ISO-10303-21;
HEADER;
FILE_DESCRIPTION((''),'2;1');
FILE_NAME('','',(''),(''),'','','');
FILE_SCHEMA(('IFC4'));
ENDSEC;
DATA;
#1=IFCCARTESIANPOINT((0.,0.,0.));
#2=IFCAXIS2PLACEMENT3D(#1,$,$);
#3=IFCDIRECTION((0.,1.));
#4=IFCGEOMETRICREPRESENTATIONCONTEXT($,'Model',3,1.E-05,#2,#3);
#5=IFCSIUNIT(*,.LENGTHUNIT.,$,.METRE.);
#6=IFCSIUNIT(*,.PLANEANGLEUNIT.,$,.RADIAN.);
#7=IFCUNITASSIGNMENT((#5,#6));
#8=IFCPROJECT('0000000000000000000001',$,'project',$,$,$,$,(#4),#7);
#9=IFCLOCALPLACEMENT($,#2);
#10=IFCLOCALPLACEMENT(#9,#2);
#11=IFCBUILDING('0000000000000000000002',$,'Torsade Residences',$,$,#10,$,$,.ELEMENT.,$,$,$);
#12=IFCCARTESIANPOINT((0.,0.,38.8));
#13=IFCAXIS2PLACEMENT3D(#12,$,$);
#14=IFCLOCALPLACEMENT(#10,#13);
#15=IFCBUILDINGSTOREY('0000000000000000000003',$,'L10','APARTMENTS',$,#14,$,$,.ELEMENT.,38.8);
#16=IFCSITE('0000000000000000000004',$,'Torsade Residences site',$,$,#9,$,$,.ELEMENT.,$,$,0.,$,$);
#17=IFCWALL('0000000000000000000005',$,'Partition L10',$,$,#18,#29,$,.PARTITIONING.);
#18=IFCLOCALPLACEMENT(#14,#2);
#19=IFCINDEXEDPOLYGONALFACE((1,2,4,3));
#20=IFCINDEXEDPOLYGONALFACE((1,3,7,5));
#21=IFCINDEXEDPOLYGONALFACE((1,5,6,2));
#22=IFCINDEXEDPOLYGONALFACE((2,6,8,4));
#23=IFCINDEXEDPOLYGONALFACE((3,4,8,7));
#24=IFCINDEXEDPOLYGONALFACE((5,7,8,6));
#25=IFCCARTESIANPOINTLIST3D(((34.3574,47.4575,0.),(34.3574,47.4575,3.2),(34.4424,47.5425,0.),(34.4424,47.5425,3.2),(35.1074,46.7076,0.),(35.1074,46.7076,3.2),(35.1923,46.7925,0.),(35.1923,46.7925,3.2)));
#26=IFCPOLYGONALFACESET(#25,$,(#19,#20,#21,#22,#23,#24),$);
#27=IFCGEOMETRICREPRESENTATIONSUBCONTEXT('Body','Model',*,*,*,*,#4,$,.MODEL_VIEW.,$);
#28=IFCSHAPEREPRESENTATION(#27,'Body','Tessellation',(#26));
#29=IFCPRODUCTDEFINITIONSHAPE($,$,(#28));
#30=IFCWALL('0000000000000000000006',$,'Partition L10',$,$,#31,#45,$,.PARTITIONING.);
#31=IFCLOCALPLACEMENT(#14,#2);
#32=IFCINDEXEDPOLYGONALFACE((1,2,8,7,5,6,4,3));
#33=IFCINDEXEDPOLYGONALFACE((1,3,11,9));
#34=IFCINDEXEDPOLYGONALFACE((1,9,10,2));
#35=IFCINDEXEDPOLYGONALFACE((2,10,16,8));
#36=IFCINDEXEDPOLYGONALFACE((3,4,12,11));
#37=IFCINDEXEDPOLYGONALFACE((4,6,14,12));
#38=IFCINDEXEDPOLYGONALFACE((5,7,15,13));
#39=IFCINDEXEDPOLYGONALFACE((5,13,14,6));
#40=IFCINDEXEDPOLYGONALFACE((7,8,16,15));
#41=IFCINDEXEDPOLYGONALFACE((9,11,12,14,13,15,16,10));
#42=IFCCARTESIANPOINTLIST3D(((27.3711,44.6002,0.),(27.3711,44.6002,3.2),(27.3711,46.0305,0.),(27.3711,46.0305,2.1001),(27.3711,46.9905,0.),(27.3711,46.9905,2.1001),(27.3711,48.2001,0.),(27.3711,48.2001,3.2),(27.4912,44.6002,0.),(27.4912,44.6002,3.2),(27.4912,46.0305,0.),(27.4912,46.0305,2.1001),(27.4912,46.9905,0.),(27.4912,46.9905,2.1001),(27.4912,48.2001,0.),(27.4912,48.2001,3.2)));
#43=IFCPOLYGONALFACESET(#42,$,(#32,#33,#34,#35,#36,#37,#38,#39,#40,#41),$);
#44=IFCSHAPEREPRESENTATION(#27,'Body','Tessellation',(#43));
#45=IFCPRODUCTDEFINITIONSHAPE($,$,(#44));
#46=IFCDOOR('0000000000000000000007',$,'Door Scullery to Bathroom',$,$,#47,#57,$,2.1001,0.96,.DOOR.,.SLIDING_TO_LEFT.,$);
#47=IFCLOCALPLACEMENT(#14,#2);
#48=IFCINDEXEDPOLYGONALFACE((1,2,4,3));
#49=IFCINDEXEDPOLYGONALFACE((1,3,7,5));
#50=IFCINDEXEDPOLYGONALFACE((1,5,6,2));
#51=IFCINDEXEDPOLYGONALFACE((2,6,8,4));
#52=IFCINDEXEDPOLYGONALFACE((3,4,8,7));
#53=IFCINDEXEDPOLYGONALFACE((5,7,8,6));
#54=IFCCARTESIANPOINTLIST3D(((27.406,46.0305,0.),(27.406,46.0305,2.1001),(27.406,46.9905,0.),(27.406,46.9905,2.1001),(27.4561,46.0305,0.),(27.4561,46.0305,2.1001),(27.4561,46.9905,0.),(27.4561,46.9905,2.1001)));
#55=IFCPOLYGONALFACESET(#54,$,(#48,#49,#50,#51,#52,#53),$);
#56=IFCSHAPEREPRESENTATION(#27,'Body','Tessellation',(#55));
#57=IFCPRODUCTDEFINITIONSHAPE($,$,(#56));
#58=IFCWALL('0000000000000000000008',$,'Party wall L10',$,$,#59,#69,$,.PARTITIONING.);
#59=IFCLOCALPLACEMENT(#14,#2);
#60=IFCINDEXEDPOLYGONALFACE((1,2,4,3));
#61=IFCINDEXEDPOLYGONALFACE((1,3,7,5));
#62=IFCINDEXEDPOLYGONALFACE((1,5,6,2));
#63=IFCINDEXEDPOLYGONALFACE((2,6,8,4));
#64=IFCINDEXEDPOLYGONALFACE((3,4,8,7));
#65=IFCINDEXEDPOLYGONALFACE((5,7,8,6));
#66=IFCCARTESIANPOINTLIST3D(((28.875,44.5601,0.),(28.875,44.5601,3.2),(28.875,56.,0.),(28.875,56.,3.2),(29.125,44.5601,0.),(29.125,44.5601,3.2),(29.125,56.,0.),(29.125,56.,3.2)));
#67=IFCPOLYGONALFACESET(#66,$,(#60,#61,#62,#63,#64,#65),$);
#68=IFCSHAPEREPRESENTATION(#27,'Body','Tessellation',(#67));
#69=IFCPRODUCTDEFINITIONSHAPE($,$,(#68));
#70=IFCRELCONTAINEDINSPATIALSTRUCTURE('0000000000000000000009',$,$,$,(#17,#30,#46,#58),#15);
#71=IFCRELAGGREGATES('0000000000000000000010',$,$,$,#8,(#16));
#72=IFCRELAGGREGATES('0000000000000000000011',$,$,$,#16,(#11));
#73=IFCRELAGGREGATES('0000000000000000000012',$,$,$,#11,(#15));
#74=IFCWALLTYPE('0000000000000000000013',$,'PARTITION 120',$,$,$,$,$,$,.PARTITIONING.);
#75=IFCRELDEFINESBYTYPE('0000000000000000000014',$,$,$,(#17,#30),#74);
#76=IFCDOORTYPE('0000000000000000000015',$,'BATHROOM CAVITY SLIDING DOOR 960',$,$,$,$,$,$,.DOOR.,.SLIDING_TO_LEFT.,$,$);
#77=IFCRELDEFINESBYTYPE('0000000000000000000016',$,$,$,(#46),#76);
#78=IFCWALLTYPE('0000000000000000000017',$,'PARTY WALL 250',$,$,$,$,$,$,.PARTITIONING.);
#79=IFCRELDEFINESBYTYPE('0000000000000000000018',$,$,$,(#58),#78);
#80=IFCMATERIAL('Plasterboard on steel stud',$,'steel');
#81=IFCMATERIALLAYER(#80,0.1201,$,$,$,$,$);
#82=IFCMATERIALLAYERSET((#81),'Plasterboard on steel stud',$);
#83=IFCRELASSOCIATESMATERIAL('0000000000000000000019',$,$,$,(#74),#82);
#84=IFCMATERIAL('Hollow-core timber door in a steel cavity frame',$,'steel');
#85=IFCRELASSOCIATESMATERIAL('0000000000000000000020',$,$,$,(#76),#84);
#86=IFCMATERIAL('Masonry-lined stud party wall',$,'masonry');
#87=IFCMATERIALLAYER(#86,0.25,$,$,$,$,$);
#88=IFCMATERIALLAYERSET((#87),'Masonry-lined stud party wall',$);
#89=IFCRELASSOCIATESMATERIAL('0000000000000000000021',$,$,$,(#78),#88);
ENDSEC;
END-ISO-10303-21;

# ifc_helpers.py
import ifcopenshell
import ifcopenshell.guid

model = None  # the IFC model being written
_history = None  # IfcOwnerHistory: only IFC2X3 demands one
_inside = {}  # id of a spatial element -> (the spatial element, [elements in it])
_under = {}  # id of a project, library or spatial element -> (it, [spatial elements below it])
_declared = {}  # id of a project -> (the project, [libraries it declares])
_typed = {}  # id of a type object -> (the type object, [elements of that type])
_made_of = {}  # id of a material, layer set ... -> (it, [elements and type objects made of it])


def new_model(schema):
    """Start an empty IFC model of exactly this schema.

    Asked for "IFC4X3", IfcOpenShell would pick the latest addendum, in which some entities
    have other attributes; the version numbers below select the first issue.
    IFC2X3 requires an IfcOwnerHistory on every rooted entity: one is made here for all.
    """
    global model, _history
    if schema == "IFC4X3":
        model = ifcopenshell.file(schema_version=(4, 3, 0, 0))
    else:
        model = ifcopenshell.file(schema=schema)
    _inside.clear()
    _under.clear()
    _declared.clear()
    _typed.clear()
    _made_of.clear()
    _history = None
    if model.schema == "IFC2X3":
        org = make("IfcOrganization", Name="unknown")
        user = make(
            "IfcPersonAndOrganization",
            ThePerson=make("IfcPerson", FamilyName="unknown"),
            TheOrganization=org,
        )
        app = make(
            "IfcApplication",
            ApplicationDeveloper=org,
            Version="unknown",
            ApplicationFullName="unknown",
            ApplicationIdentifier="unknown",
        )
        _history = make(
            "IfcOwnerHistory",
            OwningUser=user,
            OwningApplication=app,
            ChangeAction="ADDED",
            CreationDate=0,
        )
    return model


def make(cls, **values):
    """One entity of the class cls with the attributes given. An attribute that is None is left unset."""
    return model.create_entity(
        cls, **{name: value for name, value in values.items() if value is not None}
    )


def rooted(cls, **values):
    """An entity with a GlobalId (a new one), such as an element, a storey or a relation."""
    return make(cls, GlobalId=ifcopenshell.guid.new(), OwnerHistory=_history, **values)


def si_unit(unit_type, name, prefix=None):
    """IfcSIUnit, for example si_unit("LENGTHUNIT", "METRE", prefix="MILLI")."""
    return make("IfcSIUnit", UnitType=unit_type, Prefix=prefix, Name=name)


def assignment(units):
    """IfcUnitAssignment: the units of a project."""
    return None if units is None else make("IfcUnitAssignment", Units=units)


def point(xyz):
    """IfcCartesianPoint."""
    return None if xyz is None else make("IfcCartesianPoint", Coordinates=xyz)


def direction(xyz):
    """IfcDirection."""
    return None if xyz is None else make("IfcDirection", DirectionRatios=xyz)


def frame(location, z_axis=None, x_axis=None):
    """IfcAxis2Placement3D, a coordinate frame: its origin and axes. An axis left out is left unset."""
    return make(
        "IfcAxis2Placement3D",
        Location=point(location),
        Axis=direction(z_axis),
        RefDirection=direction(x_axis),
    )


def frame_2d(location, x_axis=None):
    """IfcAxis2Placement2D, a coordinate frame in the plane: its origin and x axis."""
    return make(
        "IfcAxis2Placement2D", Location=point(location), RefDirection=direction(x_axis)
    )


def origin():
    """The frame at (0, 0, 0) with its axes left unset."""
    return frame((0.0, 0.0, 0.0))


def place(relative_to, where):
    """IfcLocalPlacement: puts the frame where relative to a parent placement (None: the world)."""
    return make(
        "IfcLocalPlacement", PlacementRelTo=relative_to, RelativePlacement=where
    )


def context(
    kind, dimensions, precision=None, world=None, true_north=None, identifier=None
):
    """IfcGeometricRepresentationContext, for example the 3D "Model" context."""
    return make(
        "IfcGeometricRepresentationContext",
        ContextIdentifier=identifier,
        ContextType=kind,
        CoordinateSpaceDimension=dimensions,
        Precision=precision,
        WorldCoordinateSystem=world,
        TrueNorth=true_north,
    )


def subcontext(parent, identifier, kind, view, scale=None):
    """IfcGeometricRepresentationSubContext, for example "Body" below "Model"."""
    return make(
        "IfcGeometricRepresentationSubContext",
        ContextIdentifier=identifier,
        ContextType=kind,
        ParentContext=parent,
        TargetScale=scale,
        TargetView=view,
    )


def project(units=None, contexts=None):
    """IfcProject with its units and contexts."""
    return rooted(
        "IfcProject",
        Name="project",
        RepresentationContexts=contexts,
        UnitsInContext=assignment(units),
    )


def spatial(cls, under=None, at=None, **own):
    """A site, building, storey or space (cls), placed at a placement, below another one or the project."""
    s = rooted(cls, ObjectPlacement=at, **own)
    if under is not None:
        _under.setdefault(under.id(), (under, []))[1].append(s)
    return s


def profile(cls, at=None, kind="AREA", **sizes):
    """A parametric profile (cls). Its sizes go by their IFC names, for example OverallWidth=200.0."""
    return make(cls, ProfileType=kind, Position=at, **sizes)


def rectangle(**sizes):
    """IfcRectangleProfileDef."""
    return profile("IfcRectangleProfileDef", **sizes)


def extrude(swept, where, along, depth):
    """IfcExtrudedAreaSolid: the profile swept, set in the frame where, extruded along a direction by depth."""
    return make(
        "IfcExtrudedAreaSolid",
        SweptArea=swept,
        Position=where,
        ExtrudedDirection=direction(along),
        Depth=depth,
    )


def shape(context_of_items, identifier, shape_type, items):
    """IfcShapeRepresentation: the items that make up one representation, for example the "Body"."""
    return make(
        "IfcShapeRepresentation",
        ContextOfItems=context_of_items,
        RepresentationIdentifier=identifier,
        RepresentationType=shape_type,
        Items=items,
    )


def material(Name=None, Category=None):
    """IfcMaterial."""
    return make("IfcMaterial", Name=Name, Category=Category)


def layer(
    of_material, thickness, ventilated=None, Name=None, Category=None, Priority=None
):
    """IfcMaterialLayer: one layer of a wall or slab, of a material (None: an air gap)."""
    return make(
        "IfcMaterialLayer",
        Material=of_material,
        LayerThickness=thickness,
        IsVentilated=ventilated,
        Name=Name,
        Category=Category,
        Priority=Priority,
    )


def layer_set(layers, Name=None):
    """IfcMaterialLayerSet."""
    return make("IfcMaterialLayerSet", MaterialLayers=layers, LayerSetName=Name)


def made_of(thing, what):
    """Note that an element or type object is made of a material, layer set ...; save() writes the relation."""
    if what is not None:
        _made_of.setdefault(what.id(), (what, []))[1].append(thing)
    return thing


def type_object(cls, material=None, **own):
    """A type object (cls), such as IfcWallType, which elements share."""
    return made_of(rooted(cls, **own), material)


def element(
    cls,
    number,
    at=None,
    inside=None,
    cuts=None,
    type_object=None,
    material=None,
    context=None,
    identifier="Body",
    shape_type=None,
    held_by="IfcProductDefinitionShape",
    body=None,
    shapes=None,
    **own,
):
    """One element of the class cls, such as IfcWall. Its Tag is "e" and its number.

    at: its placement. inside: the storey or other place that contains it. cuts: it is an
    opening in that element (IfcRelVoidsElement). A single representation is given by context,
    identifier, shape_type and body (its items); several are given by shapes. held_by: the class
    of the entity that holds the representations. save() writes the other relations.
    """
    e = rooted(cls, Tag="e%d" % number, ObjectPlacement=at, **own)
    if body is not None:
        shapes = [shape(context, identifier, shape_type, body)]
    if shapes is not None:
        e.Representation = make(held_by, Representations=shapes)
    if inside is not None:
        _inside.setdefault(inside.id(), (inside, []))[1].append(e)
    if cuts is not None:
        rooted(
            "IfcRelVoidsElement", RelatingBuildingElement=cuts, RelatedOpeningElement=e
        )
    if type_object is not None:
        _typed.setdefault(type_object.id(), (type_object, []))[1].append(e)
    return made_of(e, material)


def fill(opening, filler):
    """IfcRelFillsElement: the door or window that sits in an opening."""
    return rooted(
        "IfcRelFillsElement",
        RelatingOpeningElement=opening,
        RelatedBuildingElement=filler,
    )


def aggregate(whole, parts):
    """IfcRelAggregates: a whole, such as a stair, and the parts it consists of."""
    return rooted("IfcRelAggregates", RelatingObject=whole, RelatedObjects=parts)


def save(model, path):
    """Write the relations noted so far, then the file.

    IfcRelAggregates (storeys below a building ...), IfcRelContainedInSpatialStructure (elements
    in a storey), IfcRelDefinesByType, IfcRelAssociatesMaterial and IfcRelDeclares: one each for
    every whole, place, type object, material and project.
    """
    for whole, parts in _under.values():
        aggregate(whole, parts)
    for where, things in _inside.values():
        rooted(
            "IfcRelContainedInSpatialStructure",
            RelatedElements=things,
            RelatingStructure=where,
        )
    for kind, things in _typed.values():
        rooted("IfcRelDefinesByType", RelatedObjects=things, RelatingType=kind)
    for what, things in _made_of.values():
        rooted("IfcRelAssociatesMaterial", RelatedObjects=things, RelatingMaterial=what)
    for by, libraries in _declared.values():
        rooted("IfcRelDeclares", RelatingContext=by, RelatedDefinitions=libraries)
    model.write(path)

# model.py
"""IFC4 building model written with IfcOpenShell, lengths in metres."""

from ifc_helpers import new_model, si_unit, direction, frame, frame_2d, origin, place, context, subcontext, project, spatial, rectangle, extrude, material, layer, layer_set, type_object, element, fill, save


model = new_model("IFC4")

# Units and contexts
model_context = context("Model", 3, precision=1e-05, world=origin(), true_north=direction((0.0, 1.0)))
body_context = subcontext(model_context, "Body", "Model", "MODEL_VIEW")
ifc_project = project(units=[si_unit("LENGTHUNIT", "METRE"), si_unit("PLANEANGLEUNIT", "RADIAN")], contexts=[model_context])

# Site, building, storey
site_placement = place(None, origin())
site = spatial("IfcSite", under=ifc_project, at=site_placement, Name="Torsade Residences site", CompositionType="ELEMENT", RefElevation=0.0)
building_placement = place(site_placement, origin())
building = spatial("IfcBuilding", under=site, at=building_placement, Name="Torsade Residences", CompositionType="ELEMENT")
storey_placement = place(building_placement, frame((0.0, 0.0, 38.8)))
storey = spatial("IfcBuildingStorey", under=building, at=storey_placement, Name="L10", Description="APARTMENTS", CompositionType="ELEMENT", Elevation=38.8)

# Shared definitions
ifc_material_1 = material(Name="Plasterboard on steel stud", Category="steel")
ifc_layer_1 = layer(ifc_material_1, 0.1201)
ifc_layer_set_1 = layer_set([ifc_layer_1], Name="Plasterboard on steel stud")
wall_type_1 = type_object("IfcWallType", Name="PARTITION 120", PredefinedType="PARTITIONING", material=ifc_layer_set_1)

# Wall
wall_1_placement = place(storey_placement, frame((34.3999, 47.5, 0.0), z_axis=(0.0, 0.0, 1.0), x_axis=(0.707107, -0.707107, 0.0)))
element("IfcWall", 1, at=wall_1_placement, inside=storey, type_object=wall_type_1, Name="Partition L10", PredefinedType="PARTITIONING", context=body_context, shape_type="SweptSolid", body=[
    extrude(rectangle(XDim=1.0605, YDim=0.1201, at=frame_2d((0.5303, 0.0))), origin(), (0.0, 0.0, 1.0), 3.2),
])

# Wall, opening, door
wall_2_placement = place(storey_placement, frame((27.4312, 48.2, 0.0), z_axis=(0.0, 0.0, 1.0), x_axis=(0.0, -1.0, 0.0)))
wall_2 = element("IfcWall", 2, at=wall_2_placement, inside=storey, type_object=wall_type_1, Name="Partition L10", PredefinedType="PARTITIONING", context=body_context, shape_type="SweptSolid", body=[
    extrude(rectangle(XDim=3.5999, YDim=0.1201, at=frame_2d((1.7998, 0.0))), origin(), (0.0, 0.0, 1.0), 3.2),
])
opening_1_placement = place(wall_2_placement, frame((1.2095, 0.0, 0.0)))
opening_1 = element("IfcOpeningElement", 3, at=opening_1_placement, cuts=wall_2, PredefinedType="OPENING", context=body_context, shape_type="SweptSolid", body=[
    extrude(rectangle(XDim=0.96, YDim=2.1001, at=frame_2d((0.48, 1.05))), frame((0.0, 0.0701, 0.0), z_axis=(0.0, -1.0, 0.0), x_axis=(1.0, 0.0, 0.0)), (0.0, 0.0, 1.0), 0.1401),
])
ifc_material_2 = material(Name="Hollow-core timber door in a steel cavity frame", Category="steel")
door_type_1 = type_object("IfcDoorType", Name="BATHROOM CAVITY SLIDING DOOR 960", OperationType="SLIDING_TO_LEFT", PredefinedType="DOOR", material=ifc_material_2)
door_1_placement = place(opening_1_placement, origin())
door_1 = element("IfcDoor", 4, at=door_1_placement, inside=storey, type_object=door_type_1, Name="Door Scullery to Bathroom", OperationType="SLIDING_TO_LEFT", OverallHeight=2.1001, OverallWidth=0.96, PredefinedType="DOOR", context=body_context, shape_type="SweptSolid", body=[
    extrude(rectangle(XDim=0.96, YDim=2.1001, at=frame_2d((0.48, 1.05))), frame((0.0, 0.0249, 0.0), z_axis=(0.0, -1.0, 0.0), x_axis=(1.0, 0.0, 0.0)), (0.0, 0.0, 1.0), 0.05),
])
fill(opening_1, door_1)

# Wall
ifc_material_3 = material(Name="Masonry-lined stud party wall", Category="masonry")
ifc_layer_2 = layer(ifc_material_3, 0.25)
ifc_layer_set_2 = layer_set([ifc_layer_2], Name="Masonry-lined stud party wall")
wall_type_2 = type_object("IfcWallType", Name="PARTY WALL 250", PredefinedType="PARTITIONING", material=ifc_layer_set_2)
wall_3_placement = place(storey_placement, frame((29.0, 56.0, 0.0), z_axis=(0.0, 0.0, 1.0), x_axis=(0.0, -1.0, 0.0)))
element("IfcWall", 5, at=wall_3_placement, inside=storey, type_object=wall_type_2, Name="Party wall L10", PredefinedType="PARTITIONING", context=body_context, shape_type="SweptSolid", body=[
    extrude(rectangle(XDim=11.4399, YDim=0.25, at=frame_2d((5.72, 0.0))), origin(), (0.0, 0.0, 1.0), 3.2),
])

save(model, "model.ifc")
